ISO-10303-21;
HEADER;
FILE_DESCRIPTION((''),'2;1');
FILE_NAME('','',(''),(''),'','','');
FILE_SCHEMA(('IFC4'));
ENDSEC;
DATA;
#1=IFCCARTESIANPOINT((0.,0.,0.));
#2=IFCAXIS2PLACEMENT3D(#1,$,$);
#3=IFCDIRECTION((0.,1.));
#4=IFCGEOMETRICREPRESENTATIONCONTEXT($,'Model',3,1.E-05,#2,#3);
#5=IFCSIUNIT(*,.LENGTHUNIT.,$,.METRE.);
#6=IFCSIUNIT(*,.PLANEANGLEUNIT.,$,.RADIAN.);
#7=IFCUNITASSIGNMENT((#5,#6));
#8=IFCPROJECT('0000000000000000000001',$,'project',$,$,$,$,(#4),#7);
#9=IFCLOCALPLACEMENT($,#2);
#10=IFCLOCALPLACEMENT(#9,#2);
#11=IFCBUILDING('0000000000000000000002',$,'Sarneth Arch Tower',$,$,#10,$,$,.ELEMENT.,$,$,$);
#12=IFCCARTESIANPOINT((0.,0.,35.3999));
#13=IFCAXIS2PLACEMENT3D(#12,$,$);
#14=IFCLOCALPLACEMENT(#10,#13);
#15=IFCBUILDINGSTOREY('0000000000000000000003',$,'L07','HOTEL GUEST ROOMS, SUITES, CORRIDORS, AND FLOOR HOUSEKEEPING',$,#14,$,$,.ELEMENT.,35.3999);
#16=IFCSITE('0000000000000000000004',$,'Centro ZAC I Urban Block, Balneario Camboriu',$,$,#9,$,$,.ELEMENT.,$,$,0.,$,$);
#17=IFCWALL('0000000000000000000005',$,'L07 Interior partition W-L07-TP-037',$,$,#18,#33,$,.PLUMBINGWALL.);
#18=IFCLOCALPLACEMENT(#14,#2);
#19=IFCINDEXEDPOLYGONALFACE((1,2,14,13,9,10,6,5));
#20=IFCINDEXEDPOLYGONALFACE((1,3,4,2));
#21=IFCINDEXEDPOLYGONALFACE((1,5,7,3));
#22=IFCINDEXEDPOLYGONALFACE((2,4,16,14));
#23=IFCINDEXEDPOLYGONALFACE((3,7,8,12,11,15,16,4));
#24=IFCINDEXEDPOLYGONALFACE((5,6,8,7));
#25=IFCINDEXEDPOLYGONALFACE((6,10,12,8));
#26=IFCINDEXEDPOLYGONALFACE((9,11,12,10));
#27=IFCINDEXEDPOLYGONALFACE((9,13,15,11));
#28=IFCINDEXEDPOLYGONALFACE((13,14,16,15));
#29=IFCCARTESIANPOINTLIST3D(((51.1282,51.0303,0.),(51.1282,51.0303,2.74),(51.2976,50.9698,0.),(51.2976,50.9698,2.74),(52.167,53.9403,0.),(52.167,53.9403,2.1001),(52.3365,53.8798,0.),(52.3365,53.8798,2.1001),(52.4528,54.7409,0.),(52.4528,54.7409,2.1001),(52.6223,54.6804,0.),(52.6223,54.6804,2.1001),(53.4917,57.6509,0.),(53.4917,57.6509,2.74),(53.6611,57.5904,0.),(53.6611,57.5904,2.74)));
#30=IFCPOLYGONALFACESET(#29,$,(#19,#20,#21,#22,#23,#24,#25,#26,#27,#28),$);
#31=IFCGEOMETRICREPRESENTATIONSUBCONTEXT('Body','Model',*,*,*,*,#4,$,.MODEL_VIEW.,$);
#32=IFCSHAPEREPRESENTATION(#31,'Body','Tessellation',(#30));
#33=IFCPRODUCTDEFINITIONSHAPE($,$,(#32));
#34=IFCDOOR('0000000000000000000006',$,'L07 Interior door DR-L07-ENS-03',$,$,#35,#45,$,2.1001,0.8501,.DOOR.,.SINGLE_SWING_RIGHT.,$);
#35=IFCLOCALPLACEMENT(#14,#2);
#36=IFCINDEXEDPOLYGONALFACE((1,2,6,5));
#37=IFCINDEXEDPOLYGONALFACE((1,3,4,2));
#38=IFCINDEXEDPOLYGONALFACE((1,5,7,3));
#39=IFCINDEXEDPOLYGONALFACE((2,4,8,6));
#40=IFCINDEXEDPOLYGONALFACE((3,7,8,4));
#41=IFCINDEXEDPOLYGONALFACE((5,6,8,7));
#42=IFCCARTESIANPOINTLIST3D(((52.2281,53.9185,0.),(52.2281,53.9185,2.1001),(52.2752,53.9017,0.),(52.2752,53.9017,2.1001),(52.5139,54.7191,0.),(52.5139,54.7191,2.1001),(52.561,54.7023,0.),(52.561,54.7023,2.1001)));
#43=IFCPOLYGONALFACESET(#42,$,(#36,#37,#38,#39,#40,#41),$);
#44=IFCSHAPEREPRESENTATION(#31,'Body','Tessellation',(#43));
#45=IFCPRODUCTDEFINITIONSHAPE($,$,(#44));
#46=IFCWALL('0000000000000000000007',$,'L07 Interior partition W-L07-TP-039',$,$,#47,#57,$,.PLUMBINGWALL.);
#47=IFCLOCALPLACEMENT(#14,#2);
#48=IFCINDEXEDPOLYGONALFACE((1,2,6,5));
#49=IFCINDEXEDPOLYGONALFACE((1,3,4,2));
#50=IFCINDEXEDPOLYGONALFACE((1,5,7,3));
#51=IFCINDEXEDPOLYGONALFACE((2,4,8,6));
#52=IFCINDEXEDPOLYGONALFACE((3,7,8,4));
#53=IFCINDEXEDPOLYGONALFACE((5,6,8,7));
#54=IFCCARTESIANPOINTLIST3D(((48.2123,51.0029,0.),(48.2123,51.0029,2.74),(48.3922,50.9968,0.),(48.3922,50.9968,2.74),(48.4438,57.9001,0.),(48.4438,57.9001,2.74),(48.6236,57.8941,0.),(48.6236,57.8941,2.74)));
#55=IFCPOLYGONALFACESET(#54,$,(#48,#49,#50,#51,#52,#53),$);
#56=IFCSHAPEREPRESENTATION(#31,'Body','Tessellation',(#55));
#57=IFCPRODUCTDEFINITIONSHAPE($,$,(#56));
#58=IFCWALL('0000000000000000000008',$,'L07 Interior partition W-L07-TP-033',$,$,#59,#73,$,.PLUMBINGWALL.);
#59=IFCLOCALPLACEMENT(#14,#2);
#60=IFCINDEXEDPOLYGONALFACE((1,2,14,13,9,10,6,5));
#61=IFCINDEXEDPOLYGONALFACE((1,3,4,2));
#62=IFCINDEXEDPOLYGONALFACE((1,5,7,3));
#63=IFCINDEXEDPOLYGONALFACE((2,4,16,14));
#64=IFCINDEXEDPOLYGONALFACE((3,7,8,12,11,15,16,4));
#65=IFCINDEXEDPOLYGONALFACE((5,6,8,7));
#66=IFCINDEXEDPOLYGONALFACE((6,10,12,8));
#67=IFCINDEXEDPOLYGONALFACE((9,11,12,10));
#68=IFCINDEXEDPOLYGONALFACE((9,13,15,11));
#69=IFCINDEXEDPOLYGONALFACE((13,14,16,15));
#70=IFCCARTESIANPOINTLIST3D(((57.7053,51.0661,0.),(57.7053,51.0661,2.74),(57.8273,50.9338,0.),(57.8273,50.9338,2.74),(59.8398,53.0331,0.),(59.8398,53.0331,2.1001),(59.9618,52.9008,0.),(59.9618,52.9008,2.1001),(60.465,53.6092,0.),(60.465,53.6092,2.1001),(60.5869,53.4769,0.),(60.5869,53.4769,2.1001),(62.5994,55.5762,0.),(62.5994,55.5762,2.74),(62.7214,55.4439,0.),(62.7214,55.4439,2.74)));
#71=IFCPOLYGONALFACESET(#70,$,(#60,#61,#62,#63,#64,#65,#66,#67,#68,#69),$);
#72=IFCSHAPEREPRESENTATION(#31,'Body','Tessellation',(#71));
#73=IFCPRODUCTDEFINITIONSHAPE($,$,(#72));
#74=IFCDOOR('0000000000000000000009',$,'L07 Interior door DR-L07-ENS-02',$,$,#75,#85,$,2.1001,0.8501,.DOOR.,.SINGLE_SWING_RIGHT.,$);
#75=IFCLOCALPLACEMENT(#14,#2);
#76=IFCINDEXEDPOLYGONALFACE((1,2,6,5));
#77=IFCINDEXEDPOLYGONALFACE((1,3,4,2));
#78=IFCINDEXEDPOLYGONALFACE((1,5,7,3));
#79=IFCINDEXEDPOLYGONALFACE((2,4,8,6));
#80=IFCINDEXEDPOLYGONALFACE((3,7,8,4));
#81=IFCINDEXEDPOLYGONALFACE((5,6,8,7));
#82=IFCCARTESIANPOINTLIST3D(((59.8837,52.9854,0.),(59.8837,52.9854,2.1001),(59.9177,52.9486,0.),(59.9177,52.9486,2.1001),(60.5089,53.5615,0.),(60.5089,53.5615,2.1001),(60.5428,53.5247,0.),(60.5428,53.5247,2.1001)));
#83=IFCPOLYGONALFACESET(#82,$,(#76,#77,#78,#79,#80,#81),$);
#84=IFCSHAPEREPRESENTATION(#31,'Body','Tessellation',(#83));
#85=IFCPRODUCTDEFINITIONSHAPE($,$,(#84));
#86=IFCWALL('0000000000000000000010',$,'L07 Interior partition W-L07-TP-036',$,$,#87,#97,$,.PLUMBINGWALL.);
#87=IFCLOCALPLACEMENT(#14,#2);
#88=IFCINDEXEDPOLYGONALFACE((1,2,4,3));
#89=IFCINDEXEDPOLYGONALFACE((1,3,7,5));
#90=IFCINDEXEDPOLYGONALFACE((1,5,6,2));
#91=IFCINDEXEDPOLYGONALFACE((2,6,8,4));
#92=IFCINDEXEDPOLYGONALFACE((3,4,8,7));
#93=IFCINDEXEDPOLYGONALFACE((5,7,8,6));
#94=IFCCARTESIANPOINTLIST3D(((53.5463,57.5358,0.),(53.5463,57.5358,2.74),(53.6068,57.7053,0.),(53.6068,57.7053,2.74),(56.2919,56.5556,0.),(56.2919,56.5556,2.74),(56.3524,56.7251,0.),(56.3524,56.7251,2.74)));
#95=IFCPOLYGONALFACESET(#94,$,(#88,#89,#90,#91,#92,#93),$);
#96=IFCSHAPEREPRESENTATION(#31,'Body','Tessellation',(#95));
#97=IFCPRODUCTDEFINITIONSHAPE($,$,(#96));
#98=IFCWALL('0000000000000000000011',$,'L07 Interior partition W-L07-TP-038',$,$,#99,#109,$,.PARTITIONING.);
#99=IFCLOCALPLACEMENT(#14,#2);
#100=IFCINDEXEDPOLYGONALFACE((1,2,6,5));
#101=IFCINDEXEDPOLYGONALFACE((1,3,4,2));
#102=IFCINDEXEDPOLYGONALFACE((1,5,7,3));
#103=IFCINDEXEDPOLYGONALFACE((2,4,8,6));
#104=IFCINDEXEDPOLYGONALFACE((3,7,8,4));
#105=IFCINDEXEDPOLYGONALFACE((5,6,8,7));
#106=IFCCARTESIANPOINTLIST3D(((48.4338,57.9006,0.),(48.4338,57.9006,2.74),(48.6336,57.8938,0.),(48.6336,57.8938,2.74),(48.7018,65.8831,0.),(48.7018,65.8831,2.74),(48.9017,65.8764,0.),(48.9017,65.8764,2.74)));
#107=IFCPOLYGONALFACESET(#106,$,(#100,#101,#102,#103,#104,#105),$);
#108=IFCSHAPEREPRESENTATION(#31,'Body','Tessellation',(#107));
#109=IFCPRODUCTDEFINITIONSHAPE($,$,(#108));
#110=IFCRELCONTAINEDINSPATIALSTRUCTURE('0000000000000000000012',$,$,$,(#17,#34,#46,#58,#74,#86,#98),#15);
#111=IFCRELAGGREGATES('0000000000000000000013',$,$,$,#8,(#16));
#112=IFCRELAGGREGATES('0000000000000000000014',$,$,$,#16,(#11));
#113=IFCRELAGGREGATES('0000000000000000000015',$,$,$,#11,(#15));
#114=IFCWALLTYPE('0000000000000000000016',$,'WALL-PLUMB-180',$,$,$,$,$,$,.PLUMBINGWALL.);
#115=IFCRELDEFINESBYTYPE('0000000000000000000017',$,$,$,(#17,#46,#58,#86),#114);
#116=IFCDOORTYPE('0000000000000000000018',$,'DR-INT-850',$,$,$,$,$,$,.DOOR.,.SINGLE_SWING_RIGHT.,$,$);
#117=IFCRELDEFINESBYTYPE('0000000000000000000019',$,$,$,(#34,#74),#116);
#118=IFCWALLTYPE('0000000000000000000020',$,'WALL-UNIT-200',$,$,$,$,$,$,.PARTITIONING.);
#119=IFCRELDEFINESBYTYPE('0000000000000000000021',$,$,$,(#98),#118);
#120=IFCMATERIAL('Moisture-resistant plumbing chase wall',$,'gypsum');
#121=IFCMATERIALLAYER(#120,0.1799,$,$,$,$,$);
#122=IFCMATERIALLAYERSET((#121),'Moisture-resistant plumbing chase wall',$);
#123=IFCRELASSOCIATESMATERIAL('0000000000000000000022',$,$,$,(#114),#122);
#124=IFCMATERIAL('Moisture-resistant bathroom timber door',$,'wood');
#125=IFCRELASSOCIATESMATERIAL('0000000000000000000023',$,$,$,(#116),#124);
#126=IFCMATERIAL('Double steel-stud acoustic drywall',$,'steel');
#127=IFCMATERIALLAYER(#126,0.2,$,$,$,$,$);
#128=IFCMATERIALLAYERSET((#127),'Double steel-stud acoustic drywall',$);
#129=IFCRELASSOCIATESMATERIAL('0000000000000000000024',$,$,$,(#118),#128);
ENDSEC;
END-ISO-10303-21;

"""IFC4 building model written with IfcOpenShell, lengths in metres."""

from ifc_helpers import new_model, si_unit, direction, frame, frame_2d, origin, place, context, subcontext, project, spatial, rectangle, extrude, material, layer, layer_set, type_object, element, fill, save


model = new_model("IFC4")

# Units and contexts
model_context = context("Model", 3, precision=1e-05, world=origin(), true_north=direction((0.0, 1.0)))
body_context = subcontext(model_context, "Body", "Model", "MODEL_VIEW")
ifc_project = project(units=[si_unit("LENGTHUNIT", "METRE"), si_unit("PLANEANGLEUNIT", "RADIAN")], contexts=[model_context])

# Site, building, storey
site_placement = place(None, origin())
site = spatial("IfcSite", under=ifc_project, at=site_placement, Name="Centro ZAC I Urban Block, Balneario Camboriu", CompositionType="ELEMENT", RefElevation=0.0)
building_placement = place(site_placement, origin())
building = spatial("IfcBuilding", under=site, at=building_placement, Name="Sarneth Arch Tower", CompositionType="ELEMENT")
storey_placement = place(building_placement, frame((0.0, 0.0, 35.3999)))
storey = spatial("IfcBuildingStorey", under=building, at=storey_placement, Name="L07", Description="HOTEL GUEST ROOMS, SUITES, CORRIDORS, AND FLOOR HOUSEKEEPING", CompositionType="ELEMENT", Elevation=35.3999)

# Wall, opening, door
ifc_material_1 = material(Name="Moisture-resistant plumbing chase wall", Category="gypsum")
ifc_layer_1 = layer(ifc_material_1, 0.1799)
ifc_layer_set_1 = layer_set([ifc_layer_1], Name="Moisture-resistant plumbing chase wall")
wall_type_1 = type_object("IfcWallType", Name="WALL-PLUMB-180", PredefinedType="PLUMBINGWALL", material=ifc_layer_set_1)
wall_1_placement = place(storey_placement, frame((53.5764, 57.6206, 0.0), z_axis=(0.0, 0.0, 1.0), x_axis=(-0.336213, -0.941786, 0.0)))
wall_1 = element("IfcWall", 1, at=wall_1_placement, inside=storey, type_object=wall_type_1, Name="L07 Interior partition W-L07-TP-037", PredefinedType="PLUMBINGWALL", context=body_context, shape_type="SweptSolid", body=[
    extrude(rectangle(XDim=7.0298, YDim=0.1799, at=frame_2d((3.5149, 0.0))), origin(), (0.0, 0.0, 1.0), 2.74),
])
opening_1_placement = place(wall_1_placement, frame((3.0898, 0.0, 0.0)))
opening_1 = element("IfcOpeningElement", 2, at=opening_1_placement, cuts=wall_1, PredefinedType="OPENING", context=body_context, shape_type="SweptSolid", body=[
    extrude(rectangle(XDim=0.8501, YDim=2.1001, at=frame_2d((0.425, 1.05))), frame((0.0, 0.0999, 0.0), z_axis=(0.0, -1.0, 0.0), x_axis=(1.0, 0.0, 0.0)), (0.0, 0.0, 1.0), 0.2),
])
ifc_material_2 = material(Name="Moisture-resistant bathroom timber door", Category="wood")
door_type_1 = type_object("IfcDoorType", Name="DR-INT-850", OperationType="SINGLE_SWING_RIGHT", PredefinedType="DOOR", material=ifc_material_2)
door_1_placement = place(opening_1_placement, origin())
door_1 = element("IfcDoor", 3, at=door_1_placement, inside=storey, type_object=door_type_1, Name="L07 Interior door DR-L07-ENS-03", OperationType="SINGLE_SWING_RIGHT", OverallHeight=2.1001, OverallWidth=0.8501, PredefinedType="DOOR", context=body_context, shape_type="SweptSolid", body=[
    extrude(rectangle(XDim=0.8501, YDim=2.1001, at=frame_2d((0.425, 1.05))), frame((0.0, 0.0249, 0.0), z_axis=(0.0, -1.0, 0.0), x_axis=(1.0, 0.0, 0.0)), (0.0, 0.0, 1.0), 0.05),
])
fill(opening_1, door_1)

# Wall
wall_2_placement = place(storey_placement, frame((48.5337, 57.8972, 0.0), z_axis=(0.0, 0.0, 1.0), x_axis=(-0.033537, -0.999437, 0.0)))
element("IfcWall", 4, at=wall_2_placement, inside=storey, type_object=wall_type_1, Name="L07 Interior partition W-L07-TP-039", PredefinedType="PLUMBINGWALL", context=body_context, shape_type="SweptSolid", body=[
    extrude(rectangle(XDim=6.9011, YDim=0.1799, at=frame_2d((3.4507, 0.0))), origin(), (0.0, 0.0, 1.0), 2.74),
])

# Wall, opening, door
wall_3_placement = place(storey_placement, frame((62.6604, 55.51, 0.0), z_axis=(0.0, 0.0, 1.0), x_axis=(-0.73537, -0.677666, 0.0)))
wall_3 = element("IfcWall", 5, at=wall_3_placement, inside=storey, type_object=wall_type_1, Name="L07 Interior partition W-L07-TP-033", PredefinedType="PLUMBINGWALL", context=body_context, shape_type="SweptSolid", body=[
    extrude(rectangle(XDim=6.6553, YDim=0.1799, at=frame_2d((3.3276, 0.0))), origin(), (0.0, 0.0, 1.0), 2.74),
])
opening_2_placement = place(wall_3_placement, frame((2.9026, 0.0, 0.0)))
opening_2 = element("IfcOpeningElement", 6, at=opening_2_placement, cuts=wall_3, PredefinedType="OPENING", context=body_context, shape_type="SweptSolid", body=[
    extrude(rectangle(XDim=0.8501, YDim=2.1001, at=frame_2d((0.425, 1.05))), frame((0.0, 0.0999, 0.0), z_axis=(0.0, -1.0, 0.0), x_axis=(1.0, 0.0, 0.0)), (0.0, 0.0, 1.0), 0.2),
])
door_2_placement = place(opening_2_placement, origin())
door_2 = element("IfcDoor", 7, at=door_2_placement, inside=storey, type_object=door_type_1, Name="L07 Interior door DR-L07-ENS-02", OperationType="SINGLE_SWING_RIGHT", OverallHeight=2.1001, OverallWidth=0.8501, PredefinedType="DOOR", context=body_context, shape_type="SweptSolid", body=[
    extrude(rectangle(XDim=0.8501, YDim=2.1001, at=frame_2d((0.425, 1.05))), frame((0.0, 0.0249, 0.0), z_axis=(0.0, -1.0, 0.0), x_axis=(1.0, 0.0, 0.0)), (0.0, 0.0, 1.0), 0.05),
])
fill(opening_2, door_2)

# Walls
wall_4_placement = place(storey_placement, frame((56.322, 56.6404, 0.0), z_axis=(0.0, 0.0, 1.0), x_axis=(-0.94178, 0.33623, 0.0)))
element("IfcWall", 8, at=wall_4_placement, inside=storey, type_object=wall_type_1, Name="L07 Interior partition W-L07-TP-036", PredefinedType="PLUMBINGWALL", context=body_context, shape_type="SweptSolid", body=[
    extrude(rectangle(XDim=2.9153, YDim=0.1799, at=frame_2d((1.4575, 0.0))), origin(), (0.0, 0.0, 1.0), 2.74),
])
ifc_material_3 = material(Name="Double steel-stud acoustic drywall", Category="steel")
ifc_layer_2 = layer(ifc_material_3, 0.2)
ifc_layer_set_2 = layer_set([ifc_layer_2], Name="Double steel-stud acoustic drywall")
wall_type_2 = type_object("IfcWallType", Name="WALL-UNIT-200", PredefinedType="PARTITIONING", material=ifc_layer_set_2)
wall_5_placement = place(storey_placement, frame((48.8018, 65.8799, 0.0), z_axis=(0.0, 0.0, 1.0), x_axis=(-0.033562, -0.999437, 0.0)))
element("IfcWall", 9, at=wall_5_placement, inside=storey, type_object=wall_type_2, Name="L07 Interior partition W-L07-TP-038", PredefinedType="PARTITIONING", context=body_context, shape_type="SweptSolid", body=[
    extrude(rectangle(XDim=7.9871, YDim=0.2, at=frame_2d((3.9937, 0.0))), origin(), (0.0, 0.0, 1.0), 2.74),
])

save(model, "model.ifc")
